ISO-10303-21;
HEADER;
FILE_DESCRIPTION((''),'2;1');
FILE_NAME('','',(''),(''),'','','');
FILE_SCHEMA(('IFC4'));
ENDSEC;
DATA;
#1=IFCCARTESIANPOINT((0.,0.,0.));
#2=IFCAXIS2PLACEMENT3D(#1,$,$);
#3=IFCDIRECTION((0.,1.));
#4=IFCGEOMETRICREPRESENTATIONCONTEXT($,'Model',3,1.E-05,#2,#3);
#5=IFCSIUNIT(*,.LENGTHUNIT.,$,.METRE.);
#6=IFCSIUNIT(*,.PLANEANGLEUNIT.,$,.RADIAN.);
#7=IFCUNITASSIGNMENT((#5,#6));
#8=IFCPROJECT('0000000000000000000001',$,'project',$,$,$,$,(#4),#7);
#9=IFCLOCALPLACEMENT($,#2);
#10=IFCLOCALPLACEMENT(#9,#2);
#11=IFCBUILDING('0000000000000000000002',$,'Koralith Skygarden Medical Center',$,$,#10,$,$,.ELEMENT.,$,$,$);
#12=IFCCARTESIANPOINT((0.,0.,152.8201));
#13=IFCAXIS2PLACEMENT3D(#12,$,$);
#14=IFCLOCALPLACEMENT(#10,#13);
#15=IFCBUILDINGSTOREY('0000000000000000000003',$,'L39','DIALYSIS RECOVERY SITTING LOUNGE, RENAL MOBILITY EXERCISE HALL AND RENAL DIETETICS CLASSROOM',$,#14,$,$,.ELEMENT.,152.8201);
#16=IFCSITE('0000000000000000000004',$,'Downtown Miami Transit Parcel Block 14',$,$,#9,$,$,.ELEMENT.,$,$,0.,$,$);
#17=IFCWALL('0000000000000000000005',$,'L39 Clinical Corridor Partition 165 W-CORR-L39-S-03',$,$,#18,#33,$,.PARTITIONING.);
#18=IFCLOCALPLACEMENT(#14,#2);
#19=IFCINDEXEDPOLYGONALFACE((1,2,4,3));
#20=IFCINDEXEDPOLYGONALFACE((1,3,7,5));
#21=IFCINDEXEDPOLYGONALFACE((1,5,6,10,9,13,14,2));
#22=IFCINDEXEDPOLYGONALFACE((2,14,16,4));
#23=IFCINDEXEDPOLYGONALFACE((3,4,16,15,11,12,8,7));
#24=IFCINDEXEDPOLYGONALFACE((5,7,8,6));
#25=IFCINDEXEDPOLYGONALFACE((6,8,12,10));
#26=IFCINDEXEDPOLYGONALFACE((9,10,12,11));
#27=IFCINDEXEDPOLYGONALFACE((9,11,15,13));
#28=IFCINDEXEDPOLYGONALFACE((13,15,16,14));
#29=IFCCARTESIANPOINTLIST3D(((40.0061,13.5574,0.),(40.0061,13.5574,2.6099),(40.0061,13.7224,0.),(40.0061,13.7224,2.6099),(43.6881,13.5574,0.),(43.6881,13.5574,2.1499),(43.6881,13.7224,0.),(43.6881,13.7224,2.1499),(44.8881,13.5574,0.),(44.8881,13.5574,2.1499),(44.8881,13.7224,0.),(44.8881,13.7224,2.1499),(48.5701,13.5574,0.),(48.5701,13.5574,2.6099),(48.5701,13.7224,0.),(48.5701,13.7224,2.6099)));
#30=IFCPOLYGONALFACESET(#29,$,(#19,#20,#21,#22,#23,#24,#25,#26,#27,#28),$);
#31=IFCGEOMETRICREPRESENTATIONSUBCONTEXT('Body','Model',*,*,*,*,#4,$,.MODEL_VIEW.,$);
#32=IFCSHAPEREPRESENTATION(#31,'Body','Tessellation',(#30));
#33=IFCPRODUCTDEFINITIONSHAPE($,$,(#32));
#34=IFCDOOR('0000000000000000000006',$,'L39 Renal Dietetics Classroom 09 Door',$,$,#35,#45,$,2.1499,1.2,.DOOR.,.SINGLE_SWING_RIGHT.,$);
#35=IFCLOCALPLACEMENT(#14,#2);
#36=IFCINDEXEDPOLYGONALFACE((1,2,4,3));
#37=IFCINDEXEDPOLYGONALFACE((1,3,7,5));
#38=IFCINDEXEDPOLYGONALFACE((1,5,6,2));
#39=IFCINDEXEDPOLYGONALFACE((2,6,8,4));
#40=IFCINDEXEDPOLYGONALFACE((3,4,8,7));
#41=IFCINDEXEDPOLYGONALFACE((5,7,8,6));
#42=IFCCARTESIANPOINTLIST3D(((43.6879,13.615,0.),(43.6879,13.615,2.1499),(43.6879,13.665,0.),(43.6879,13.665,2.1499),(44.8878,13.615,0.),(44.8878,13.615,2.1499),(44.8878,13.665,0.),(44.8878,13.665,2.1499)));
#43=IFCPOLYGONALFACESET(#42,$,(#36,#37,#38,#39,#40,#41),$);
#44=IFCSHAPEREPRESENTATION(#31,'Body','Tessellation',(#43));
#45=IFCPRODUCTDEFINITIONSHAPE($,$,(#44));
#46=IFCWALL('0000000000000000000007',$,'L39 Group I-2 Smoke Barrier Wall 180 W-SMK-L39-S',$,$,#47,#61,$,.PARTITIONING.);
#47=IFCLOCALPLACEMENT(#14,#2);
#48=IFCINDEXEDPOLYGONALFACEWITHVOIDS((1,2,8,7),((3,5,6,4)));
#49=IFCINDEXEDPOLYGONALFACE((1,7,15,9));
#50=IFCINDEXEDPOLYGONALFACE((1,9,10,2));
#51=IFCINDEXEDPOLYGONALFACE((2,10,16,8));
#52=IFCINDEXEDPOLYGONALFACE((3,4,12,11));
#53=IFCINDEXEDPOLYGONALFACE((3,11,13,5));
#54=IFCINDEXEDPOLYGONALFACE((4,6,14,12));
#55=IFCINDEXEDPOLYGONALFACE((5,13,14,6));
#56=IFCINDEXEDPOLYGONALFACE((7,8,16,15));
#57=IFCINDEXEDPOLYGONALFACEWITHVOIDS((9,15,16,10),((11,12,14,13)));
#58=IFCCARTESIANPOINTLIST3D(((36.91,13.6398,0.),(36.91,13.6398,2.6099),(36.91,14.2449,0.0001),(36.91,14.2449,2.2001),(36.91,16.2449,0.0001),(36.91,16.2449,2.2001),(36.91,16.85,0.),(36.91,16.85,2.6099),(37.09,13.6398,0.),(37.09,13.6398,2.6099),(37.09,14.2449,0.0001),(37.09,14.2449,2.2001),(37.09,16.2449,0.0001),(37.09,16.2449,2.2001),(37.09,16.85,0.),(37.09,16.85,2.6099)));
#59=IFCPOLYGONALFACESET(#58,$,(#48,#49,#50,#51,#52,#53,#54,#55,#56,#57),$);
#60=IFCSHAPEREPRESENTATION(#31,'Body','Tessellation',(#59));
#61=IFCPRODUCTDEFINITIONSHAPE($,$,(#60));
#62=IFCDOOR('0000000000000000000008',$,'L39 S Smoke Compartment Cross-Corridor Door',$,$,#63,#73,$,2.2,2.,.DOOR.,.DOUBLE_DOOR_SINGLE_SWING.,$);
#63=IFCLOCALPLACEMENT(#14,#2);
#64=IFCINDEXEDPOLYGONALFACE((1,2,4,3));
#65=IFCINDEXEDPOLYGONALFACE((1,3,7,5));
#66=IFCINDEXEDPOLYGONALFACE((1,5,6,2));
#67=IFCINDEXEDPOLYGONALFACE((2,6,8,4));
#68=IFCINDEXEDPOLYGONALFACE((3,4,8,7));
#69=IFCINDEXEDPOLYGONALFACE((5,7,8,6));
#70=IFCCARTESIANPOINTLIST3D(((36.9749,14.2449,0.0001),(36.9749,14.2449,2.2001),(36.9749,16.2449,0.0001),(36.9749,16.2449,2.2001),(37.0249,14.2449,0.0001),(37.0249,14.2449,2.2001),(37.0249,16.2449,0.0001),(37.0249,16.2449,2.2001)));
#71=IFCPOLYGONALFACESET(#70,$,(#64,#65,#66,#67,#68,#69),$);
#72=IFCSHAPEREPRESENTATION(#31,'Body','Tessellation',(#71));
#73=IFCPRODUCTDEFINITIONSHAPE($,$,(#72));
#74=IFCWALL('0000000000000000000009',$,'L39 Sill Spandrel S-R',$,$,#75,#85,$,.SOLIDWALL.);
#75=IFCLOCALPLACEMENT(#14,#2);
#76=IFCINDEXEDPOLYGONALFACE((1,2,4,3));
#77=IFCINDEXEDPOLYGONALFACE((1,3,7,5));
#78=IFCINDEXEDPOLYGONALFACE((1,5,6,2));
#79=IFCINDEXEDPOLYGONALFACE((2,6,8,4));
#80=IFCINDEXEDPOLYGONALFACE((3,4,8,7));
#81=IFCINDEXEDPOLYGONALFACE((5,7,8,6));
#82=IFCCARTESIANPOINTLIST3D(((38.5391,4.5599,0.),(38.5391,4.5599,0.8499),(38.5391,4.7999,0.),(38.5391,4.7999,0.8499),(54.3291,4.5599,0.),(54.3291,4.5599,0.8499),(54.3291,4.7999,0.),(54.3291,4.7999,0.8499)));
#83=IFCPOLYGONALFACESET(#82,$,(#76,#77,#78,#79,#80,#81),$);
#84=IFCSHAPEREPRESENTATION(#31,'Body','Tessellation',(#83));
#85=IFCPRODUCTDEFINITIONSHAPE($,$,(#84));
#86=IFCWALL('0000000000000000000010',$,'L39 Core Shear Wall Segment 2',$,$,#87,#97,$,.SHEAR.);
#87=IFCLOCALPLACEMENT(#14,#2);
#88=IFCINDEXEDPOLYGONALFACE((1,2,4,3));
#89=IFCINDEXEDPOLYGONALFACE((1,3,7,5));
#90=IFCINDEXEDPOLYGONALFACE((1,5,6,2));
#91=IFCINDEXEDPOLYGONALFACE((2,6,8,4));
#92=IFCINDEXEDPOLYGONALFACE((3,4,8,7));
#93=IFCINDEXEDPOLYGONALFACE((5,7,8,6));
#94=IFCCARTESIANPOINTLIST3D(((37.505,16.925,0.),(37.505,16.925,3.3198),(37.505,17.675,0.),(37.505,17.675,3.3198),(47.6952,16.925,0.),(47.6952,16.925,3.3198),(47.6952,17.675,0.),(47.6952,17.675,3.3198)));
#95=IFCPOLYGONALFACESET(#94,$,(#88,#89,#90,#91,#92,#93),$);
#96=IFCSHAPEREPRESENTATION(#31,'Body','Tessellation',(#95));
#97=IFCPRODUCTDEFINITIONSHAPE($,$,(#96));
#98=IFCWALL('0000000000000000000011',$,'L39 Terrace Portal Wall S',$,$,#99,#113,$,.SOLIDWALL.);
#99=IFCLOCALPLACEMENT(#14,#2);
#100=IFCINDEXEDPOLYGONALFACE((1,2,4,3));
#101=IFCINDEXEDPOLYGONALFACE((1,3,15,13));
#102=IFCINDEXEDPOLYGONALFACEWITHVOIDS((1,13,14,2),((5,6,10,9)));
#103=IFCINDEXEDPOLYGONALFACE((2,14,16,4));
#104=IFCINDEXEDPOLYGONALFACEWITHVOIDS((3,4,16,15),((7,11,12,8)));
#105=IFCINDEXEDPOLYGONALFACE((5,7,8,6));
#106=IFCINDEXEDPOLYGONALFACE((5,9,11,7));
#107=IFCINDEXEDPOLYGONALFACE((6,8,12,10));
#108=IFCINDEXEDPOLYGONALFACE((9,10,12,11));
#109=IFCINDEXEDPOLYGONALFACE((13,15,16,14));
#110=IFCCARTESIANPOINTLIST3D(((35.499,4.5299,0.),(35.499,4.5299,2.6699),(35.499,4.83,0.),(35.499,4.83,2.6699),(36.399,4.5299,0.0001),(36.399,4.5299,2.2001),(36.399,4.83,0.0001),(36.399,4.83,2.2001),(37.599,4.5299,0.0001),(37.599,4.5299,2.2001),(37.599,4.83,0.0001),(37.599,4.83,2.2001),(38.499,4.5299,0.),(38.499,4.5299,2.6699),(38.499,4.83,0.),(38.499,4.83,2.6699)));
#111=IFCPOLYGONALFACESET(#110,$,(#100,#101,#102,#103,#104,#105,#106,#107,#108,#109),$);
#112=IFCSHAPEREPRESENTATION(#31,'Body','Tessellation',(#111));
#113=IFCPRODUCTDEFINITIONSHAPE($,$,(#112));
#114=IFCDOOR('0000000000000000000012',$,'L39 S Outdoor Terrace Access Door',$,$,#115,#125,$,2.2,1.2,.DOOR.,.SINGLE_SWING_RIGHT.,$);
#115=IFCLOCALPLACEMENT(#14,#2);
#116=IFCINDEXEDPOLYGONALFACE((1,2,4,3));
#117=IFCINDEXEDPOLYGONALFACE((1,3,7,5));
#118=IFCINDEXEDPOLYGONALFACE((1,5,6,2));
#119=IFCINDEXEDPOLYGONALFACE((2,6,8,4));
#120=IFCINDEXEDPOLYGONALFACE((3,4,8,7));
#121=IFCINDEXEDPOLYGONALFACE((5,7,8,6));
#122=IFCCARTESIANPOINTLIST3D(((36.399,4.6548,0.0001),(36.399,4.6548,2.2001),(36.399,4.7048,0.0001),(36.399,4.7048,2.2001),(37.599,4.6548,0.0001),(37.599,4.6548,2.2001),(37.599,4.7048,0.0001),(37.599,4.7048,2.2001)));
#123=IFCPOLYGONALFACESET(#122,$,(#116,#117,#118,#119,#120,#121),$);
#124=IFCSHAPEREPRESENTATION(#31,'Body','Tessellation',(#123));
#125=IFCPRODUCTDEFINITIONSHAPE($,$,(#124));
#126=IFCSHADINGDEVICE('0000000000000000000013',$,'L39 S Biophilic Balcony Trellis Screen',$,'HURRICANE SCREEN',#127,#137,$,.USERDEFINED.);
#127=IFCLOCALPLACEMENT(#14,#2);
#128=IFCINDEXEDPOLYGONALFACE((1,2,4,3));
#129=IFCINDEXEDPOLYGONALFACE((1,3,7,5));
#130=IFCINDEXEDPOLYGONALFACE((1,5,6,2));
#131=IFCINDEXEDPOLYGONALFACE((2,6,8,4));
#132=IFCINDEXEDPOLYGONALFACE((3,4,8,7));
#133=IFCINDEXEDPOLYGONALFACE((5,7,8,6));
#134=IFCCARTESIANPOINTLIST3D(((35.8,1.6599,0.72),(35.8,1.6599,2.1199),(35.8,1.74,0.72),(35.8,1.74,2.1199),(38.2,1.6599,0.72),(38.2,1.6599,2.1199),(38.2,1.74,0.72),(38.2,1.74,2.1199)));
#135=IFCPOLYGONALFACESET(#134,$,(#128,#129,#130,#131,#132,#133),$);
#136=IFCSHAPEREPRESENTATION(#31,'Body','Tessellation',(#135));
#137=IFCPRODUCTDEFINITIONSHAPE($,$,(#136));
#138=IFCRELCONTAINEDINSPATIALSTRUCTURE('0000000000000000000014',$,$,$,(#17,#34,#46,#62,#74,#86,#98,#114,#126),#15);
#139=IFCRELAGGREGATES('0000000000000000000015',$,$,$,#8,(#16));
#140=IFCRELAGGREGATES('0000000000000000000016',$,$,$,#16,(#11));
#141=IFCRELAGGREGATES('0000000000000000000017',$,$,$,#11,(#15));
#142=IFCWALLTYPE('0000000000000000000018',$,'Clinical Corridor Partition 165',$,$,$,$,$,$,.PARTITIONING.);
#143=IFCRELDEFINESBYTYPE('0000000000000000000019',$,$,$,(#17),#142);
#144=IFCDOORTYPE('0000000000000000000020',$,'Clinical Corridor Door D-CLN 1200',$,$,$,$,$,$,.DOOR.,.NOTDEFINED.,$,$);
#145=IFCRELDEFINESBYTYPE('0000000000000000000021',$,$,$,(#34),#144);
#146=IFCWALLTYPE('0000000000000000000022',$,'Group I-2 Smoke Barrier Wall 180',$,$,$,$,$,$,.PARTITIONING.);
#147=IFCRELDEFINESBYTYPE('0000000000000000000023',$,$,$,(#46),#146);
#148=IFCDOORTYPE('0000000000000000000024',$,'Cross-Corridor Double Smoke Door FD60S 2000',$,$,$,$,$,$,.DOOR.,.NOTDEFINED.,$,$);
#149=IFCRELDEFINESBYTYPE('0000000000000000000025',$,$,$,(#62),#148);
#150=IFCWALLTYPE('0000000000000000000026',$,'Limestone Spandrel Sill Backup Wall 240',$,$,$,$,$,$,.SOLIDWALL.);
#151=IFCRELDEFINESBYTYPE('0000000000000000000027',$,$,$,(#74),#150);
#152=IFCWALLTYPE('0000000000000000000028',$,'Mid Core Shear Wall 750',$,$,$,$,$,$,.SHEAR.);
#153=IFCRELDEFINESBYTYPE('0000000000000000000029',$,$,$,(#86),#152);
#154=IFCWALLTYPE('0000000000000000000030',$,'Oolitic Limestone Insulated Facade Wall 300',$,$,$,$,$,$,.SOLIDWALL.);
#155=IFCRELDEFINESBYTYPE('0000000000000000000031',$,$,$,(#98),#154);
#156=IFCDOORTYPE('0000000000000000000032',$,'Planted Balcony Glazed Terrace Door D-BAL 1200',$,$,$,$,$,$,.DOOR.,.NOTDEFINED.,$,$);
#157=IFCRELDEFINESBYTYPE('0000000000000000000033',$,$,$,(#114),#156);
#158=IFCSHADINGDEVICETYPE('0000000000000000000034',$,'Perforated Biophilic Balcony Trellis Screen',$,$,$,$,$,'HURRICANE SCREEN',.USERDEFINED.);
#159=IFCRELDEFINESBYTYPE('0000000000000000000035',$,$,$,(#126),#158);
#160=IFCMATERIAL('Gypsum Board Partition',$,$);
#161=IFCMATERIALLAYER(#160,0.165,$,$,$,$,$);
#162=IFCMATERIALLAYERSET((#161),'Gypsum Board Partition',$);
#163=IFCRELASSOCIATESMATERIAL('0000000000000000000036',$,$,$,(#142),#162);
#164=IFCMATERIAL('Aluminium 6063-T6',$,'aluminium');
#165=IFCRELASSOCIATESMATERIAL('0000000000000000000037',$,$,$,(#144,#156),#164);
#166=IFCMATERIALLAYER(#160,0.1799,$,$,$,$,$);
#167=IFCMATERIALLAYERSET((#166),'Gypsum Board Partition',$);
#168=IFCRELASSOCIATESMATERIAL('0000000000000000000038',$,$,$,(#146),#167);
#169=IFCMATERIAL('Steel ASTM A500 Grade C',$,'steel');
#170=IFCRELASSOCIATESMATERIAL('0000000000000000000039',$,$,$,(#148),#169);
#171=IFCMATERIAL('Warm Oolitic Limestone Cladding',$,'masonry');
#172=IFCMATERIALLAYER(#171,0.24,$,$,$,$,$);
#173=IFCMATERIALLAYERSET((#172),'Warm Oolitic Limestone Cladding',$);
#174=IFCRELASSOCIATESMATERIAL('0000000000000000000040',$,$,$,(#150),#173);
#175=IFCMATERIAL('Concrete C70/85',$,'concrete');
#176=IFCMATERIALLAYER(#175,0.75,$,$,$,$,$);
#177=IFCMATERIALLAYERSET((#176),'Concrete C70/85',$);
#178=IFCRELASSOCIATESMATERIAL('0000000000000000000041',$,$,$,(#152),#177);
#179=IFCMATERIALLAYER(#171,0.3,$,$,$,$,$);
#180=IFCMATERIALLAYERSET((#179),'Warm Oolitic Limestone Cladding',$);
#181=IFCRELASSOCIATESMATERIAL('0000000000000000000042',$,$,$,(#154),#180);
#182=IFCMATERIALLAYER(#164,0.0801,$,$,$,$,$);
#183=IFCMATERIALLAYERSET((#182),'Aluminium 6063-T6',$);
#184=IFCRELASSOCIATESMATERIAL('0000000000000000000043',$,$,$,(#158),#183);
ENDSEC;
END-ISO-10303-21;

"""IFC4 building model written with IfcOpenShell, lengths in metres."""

from ifc_helpers import new_model, si_unit, direction, frame, frame_2d, origin, origin_2d, place, context, subcontext, project, spatial, rectangle, extrude, material, layer, layer_set, type_object, element, fill, save


model = new_model("IFC4")

# Units and contexts
model_context = context("Model", 3, precision=1e-05, world=origin(), true_north=direction((0.0, 1.0)))
body_context = subcontext(model_context, "Body", "Model", "MODEL_VIEW")
ifc_project = project(units=[si_unit("LENGTHUNIT", "METRE"), si_unit("PLANEANGLEUNIT", "RADIAN")], contexts=[model_context])

# Site, building, storey
site_placement = place(None, origin())
site = spatial("IfcSite", under=ifc_project, at=site_placement, Name="Downtown Miami Transit Parcel Block 14", CompositionType="ELEMENT", RefElevation=0.0)
building_placement = place(site_placement, origin())
building = spatial("IfcBuilding", under=site, at=building_placement, Name="Koralith Skygarden Medical Center", CompositionType="ELEMENT")
storey_placement = place(building_placement, frame((0.0, 0.0, 152.8201)))
storey = spatial("IfcBuildingStorey", under=building, at=storey_placement, Name="L39", Description="DIALYSIS RECOVERY SITTING LOUNGE, RENAL MOBILITY EXERCISE HALL AND RENAL DIETETICS CLASSROOM", CompositionType="ELEMENT", Elevation=152.8201)

# Shared definitions
ifc_material_1 = material(Name="Concrete C70/85", Category="concrete")

# Shared definitions
ifc_material_2 = material(Name="Aluminium 6063-T6", Category="aluminium")

# Shared definitions
ifc_material_3 = material(Name="Gypsum Board Partition")

# Walls, openings, doors
ifc_layer_1 = layer(ifc_material_3, 0.165)
ifc_layer_set_1 = layer_set([ifc_layer_1], Name="Gypsum Board Partition")
wall_type_1 = type_object("IfcWallType", Name="Clinical Corridor Partition 165", PredefinedType="PARTITIONING", material=ifc_layer_set_1)
wall_1_placement = place(storey_placement, frame((40.0061, 13.6399, 0.0), z_axis=(0.0, 0.0, 1.0), x_axis=(1.0, 0.0, 0.0)))
wall_1 = element("IfcWall", 1, at=wall_1_placement, inside=storey, type_object=wall_type_1, Name="L39 Clinical Corridor Partition 165 W-CORR-L39-S-03", PredefinedType="PARTITIONING", context=body_context, shape_type="SweptSolid", body=[
    extrude(rectangle(XDim=8.564, YDim=0.165, at=frame_2d((4.282, 0.0))), origin(), (0.0, 0.0, 1.0), 2.6099),
])
opening_1_placement = place(wall_1_placement, frame((3.6819, 0.0, 0.0)))
opening_1 = element("IfcOpeningElement", 2, at=opening_1_placement, cuts=wall_1, PredefinedType="OPENING", context=body_context, shape_type="SweptSolid", body=[
    extrude(rectangle(XDim=1.2, YDim=2.1499, at=frame_2d((0.6001, 1.075))), frame((0.0, 0.0925, 0.0), z_axis=(0.0, -1.0, 0.0), x_axis=(1.0, 0.0, 0.0)), (0.0, 0.0, 1.0), 0.1851),
])
door_type_1 = type_object("IfcDoorType", Name="Clinical Corridor Door D-CLN 1200", OperationType="NOTDEFINED", PredefinedType="DOOR", material=ifc_material_2)
door_1_placement = place(opening_1_placement, frame((1.2, 0.0, 0.0), z_axis=(0.0, 0.0, 1.0), x_axis=(-1.0, 0.0, 0.0)))
door_1 = element("IfcDoor", 3, at=door_1_placement, inside=storey, type_object=door_type_1, Name="L39 Renal Dietetics Classroom 09 Door", OperationType="SINGLE_SWING_RIGHT", OverallHeight=2.1499, OverallWidth=1.2, PredefinedType="DOOR", context=body_context, shape_type="SweptSolid", body=[
    extrude(rectangle(XDim=1.2, YDim=2.1499, at=frame_2d((0.6001, 1.075))), frame((0.0, 0.0249, 0.0), z_axis=(0.0, -1.0, 0.0), x_axis=(1.0, 0.0, 0.0)), (0.0, 0.0, 1.0), 0.05),
])
fill(opening_1, door_1)
ifc_layer_2 = layer(ifc_material_3, 0.1799)
ifc_layer_set_2 = layer_set([ifc_layer_2], Name="Gypsum Board Partition")
wall_type_2 = type_object("IfcWallType", Name="Group I-2 Smoke Barrier Wall 180", PredefinedType="PARTITIONING", material=ifc_layer_set_2)
wall_2_placement = place(storey_placement, frame((37.0, 13.6399, 0.0), z_axis=(0.0, 0.0, 1.0), x_axis=(0.0, 1.0, 0.0)))
wall_2 = element("IfcWall", 4, at=wall_2_placement, inside=storey, type_object=wall_type_2, Name="L39 Group I-2 Smoke Barrier Wall 180 W-SMK-L39-S", PredefinedType="PARTITIONING", context=body_context, shape_type="SweptSolid", body=[
    extrude(rectangle(XDim=3.2102, YDim=0.1799, at=frame_2d((1.605, 0.0))), origin(), (0.0, 0.0, 1.0), 2.6099),
])
opening_2_placement = place(wall_2_placement, frame((0.605, 0.0, 0.0)))
opening_2 = element("IfcOpeningElement", 5, at=opening_2_placement, cuts=wall_2, PredefinedType="OPENING", context=body_context, shape_type="SweptSolid", body=[
    extrude(rectangle(XDim=2.0, YDim=2.2, at=frame_2d((1.0, 1.1001))), frame((0.0, 0.0999, 0.0), z_axis=(0.0, -1.0, 0.0), x_axis=(1.0, 0.0, 0.0)), (0.0, 0.0, 1.0), 0.2),
])
ifc_material_4 = material(Name="Steel ASTM A500 Grade C", Category="steel")
door_type_2 = type_object("IfcDoorType", Name="Cross-Corridor Double Smoke Door FD60S 2000", OperationType="NOTDEFINED", PredefinedType="DOOR", material=ifc_material_4)
door_2_placement = place(opening_2_placement, frame((2.0, 0.0, 0.0), z_axis=(0.0, 0.0, 1.0), x_axis=(-1.0, 0.0, 0.0)))
door_2 = element("IfcDoor", 6, at=door_2_placement, inside=storey, type_object=door_type_2, Name="L39 S Smoke Compartment Cross-Corridor Door", OperationType="DOUBLE_DOOR_SINGLE_SWING", OverallHeight=2.2, OverallWidth=2.0, PredefinedType="DOOR", context=body_context, shape_type="SweptSolid", body=[
    extrude(rectangle(XDim=2.0, YDim=2.2, at=frame_2d((1.0, 1.1001))), frame((0.0, 0.0249, 0.0), z_axis=(0.0, -1.0, 0.0), x_axis=(1.0, 0.0, 0.0)), (0.0, 0.0, 1.0), 0.05),
])
fill(opening_2, door_2)

# Walls
ifc_material_5 = material(Name="Warm Oolitic Limestone Cladding", Category="masonry")
ifc_layer_3 = layer(ifc_material_5, 0.24)
ifc_layer_set_3 = layer_set([ifc_layer_3], Name="Warm Oolitic Limestone Cladding")
wall_type_3 = type_object("IfcWallType", Name="Limestone Spandrel Sill Backup Wall 240", PredefinedType="SOLIDWALL", material=ifc_layer_set_3)
wall_3_placement = place(storey_placement, frame((38.5391, 4.6799, 0.0), z_axis=(0.0, 0.0, 1.0), x_axis=(1.0, 0.0, 0.0)))
element("IfcWall", 7, at=wall_3_placement, inside=storey, type_object=wall_type_3, Name="L39 Sill Spandrel S-R", PredefinedType="SOLIDWALL", context=body_context, shape_type="SweptSolid", body=[
    extrude(rectangle(XDim=15.79, YDim=0.24, at=frame_2d((7.895, 0.0))), origin(), (0.0, 0.0, 1.0), 0.8499),
])
ifc_layer_4 = layer(ifc_material_1, 0.75)
ifc_layer_set_4 = layer_set([ifc_layer_4], Name="Concrete C70/85")
wall_type_4 = type_object("IfcWallType", Name="Mid Core Shear Wall 750", PredefinedType="SHEAR", material=ifc_layer_set_4)
wall_4_placement = place(storey_placement, frame((37.5049, 17.3, 0.0), z_axis=(0.0, 0.0, 1.0), x_axis=(1.0, 0.0, 0.0)))
element("IfcWall", 8, at=wall_4_placement, inside=storey, type_object=wall_type_4, Name="L39 Core Shear Wall Segment 2", PredefinedType="SHEAR", context=body_context, shape_type="SweptSolid", body=[
    extrude(rectangle(XDim=10.1902, YDim=0.75, at=frame_2d((5.0952, 0.0))), origin(), (0.0, 0.0, 1.0), 3.3198),
])

# Wall, opening, door
ifc_layer_5 = layer(ifc_material_5, 0.3)
ifc_layer_set_5 = layer_set([ifc_layer_5], Name="Warm Oolitic Limestone Cladding")
wall_type_5 = type_object("IfcWallType", Name="Oolitic Limestone Insulated Facade Wall 300", PredefinedType="SOLIDWALL", material=ifc_layer_set_5)
wall_5_placement = place(storey_placement, frame((35.499, 4.6799, 0.0), z_axis=(0.0, 0.0, 1.0), x_axis=(1.0, 0.0, 0.0)))
wall_5 = element("IfcWall", 9, at=wall_5_placement, inside=storey, type_object=wall_type_5, Name="L39 Terrace Portal Wall S", PredefinedType="SOLIDWALL", context=body_context, shape_type="SweptSolid", body=[
    extrude(rectangle(XDim=3.0, YDim=0.3, at=frame_2d((1.5, 0.0))), origin(), (0.0, 0.0, 1.0), 2.6699),
])
opening_3_placement = place(wall_5_placement, frame((0.8999, 0.0, 0.0)))
opening_3 = element("IfcOpeningElement", 10, at=opening_3_placement, cuts=wall_5, PredefinedType="OPENING", context=body_context, shape_type="SweptSolid", body=[
    extrude(rectangle(XDim=1.2, YDim=2.2, at=frame_2d((0.6001, 1.1001))), frame((0.0, 0.1599, 0.0), z_axis=(0.0, -1.0, 0.0), x_axis=(1.0, 0.0, 0.0)), (0.0, 0.0, 1.0), 0.3201),
])
door_type_3 = type_object("IfcDoorType", Name="Planted Balcony Glazed Terrace Door D-BAL 1200", OperationType="NOTDEFINED", PredefinedType="DOOR", material=ifc_material_2)
door_3_placement = place(opening_3_placement, origin())
door_3 = element("IfcDoor", 11, at=door_3_placement, inside=storey, type_object=door_type_3, Name="L39 S Outdoor Terrace Access Door", OperationType="SINGLE_SWING_RIGHT", OverallHeight=2.2, OverallWidth=1.2, PredefinedType="DOOR", context=body_context, shape_type="SweptSolid", body=[
    extrude(rectangle(XDim=1.2, YDim=2.2, at=frame_2d((0.6001, 1.1001))), frame((0.0, 0.0249, 0.0), z_axis=(0.0, -1.0, 0.0), x_axis=(1.0, 0.0, 0.0)), (0.0, 0.0, 1.0), 0.05),
])
fill(opening_3, door_3)

# Shading device
ifc_layer_6 = layer(ifc_material_2, 0.0801)
ifc_layer_set_6 = layer_set([ifc_layer_6], Name="Aluminium 6063-T6")
shading_device_type = type_object("IfcShadingDeviceType", Name="Perforated Biophilic Balcony Trellis Screen", ElementType="HURRICANE SCREEN", PredefinedType="USERDEFINED", material=ifc_layer_set_6)
shading_device_placement = place(storey_placement, frame((37.0, 1.7, 0.72), z_axis=(0.0, 0.0, 1.0), x_axis=(1.0, 0.0, 0.0)))
element("IfcShadingDevice", 12, at=shading_device_placement, inside=storey, type_object=shading_device_type, Name="L39 S Biophilic Balcony Trellis Screen", ObjectType="HURRICANE SCREEN", PredefinedType="USERDEFINED", context=body_context, shape_type="SweptSolid", body=[
    extrude(rectangle(XDim=2.3999, YDim=0.0801, at=origin_2d()), origin(), (0.0, 0.0, 1.0), 1.3999),
])

save(model, "model.ifc")
